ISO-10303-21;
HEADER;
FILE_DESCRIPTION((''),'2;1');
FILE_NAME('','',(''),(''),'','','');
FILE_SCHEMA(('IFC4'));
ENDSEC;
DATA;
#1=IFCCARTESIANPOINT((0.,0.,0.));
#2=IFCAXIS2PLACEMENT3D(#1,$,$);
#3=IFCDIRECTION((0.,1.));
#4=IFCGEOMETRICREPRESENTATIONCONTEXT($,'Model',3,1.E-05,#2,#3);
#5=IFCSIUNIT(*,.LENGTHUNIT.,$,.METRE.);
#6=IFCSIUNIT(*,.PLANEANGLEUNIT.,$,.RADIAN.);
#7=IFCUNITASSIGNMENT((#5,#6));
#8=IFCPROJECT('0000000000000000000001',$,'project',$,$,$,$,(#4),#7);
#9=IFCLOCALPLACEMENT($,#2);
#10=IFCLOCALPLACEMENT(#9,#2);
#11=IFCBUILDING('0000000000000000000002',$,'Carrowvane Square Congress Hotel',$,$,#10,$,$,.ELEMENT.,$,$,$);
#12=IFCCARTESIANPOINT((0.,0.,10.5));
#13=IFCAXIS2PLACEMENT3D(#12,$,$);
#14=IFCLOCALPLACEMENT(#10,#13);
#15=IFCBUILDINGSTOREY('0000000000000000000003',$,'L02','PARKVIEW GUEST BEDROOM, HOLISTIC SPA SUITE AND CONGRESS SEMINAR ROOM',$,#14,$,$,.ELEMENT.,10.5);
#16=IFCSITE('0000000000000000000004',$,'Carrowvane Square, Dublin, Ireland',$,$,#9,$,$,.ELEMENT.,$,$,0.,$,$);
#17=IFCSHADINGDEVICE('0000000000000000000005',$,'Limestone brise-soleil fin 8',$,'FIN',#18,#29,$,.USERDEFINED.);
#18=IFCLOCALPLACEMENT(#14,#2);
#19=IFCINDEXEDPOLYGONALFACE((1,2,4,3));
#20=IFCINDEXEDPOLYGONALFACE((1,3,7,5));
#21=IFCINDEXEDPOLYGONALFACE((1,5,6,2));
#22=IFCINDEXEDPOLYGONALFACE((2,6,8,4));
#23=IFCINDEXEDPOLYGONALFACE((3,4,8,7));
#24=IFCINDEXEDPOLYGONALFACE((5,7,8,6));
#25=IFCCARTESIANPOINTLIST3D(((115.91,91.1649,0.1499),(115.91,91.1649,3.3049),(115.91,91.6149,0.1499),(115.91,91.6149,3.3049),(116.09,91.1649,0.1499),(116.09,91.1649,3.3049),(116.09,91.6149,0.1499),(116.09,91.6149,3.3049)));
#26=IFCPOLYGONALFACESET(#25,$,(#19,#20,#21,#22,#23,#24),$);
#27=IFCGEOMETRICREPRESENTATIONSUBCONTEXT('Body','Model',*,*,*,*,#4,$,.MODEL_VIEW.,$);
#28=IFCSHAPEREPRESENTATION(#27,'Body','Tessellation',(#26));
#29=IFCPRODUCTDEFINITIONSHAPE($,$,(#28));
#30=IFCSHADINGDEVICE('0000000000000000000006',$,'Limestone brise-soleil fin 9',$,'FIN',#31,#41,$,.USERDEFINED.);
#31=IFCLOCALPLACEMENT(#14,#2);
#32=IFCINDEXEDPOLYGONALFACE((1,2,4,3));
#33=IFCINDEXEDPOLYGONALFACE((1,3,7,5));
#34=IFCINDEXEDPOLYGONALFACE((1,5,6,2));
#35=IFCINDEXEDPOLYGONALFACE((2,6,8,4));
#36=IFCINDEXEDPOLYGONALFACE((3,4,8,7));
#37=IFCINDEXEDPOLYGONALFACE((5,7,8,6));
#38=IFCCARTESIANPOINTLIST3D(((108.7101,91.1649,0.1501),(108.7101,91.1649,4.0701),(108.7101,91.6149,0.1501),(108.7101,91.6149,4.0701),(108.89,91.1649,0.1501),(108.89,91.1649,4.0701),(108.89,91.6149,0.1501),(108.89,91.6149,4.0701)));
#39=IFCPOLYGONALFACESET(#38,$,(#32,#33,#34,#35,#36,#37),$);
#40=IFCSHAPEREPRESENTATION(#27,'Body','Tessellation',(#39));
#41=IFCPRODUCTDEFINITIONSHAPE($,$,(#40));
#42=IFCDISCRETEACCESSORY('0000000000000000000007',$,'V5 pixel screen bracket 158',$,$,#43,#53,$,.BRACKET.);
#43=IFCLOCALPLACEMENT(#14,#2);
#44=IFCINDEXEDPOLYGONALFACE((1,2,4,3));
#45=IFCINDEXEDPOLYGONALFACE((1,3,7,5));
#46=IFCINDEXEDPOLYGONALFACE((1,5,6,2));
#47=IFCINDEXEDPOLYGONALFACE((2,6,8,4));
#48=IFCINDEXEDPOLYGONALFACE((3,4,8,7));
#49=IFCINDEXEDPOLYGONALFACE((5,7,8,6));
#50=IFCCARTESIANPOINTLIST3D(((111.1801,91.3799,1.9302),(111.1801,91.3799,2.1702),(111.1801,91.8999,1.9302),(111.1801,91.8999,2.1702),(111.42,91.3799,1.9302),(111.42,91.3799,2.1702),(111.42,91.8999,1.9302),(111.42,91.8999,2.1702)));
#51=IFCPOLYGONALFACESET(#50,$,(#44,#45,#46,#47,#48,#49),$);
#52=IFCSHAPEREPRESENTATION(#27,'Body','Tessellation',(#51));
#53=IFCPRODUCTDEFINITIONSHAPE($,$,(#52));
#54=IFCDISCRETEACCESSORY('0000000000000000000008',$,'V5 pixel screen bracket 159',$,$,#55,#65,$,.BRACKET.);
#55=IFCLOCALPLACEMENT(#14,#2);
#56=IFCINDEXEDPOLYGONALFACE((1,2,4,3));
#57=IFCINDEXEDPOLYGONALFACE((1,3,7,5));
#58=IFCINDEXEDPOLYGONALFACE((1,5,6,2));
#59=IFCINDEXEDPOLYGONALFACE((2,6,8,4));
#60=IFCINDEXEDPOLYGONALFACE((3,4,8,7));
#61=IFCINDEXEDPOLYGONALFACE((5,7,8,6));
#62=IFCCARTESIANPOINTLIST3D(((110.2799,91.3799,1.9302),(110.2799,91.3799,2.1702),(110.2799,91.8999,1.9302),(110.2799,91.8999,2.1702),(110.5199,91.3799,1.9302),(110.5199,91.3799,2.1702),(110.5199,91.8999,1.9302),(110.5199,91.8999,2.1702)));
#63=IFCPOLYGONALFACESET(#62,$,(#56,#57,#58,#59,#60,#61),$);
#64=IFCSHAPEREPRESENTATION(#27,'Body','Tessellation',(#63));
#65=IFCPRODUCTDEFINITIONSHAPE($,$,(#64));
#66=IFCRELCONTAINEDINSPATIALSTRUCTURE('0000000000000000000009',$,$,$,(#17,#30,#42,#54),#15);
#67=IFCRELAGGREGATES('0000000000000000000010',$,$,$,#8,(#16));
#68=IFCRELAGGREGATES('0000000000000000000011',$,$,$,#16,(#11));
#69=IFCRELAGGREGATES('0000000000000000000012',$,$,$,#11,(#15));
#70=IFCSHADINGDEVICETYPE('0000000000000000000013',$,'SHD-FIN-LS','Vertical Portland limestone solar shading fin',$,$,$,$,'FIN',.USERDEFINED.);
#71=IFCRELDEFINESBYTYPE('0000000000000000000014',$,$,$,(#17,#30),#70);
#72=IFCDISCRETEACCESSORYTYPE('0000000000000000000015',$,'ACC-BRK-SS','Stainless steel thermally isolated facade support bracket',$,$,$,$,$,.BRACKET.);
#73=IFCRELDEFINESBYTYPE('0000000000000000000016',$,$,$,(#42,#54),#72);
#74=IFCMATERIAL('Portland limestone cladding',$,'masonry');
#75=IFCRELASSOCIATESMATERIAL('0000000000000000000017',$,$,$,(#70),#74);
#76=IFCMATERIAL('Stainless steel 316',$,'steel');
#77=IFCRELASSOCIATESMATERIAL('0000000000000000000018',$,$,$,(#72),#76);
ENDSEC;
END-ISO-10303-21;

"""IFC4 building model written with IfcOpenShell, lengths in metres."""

from ifc_helpers import new_model, si_unit, direction, frame, origin, origin_2d, place, context, subcontext, project, spatial, rectangle, extrude, material, type_object, element, save


model = new_model("IFC4")

# Units and contexts
model_context = context("Model", 3, precision=1e-05, world=origin(), true_north=direction((0.0, 1.0)))
body_context = subcontext(model_context, "Body", "Model", "MODEL_VIEW")
ifc_project = project(units=[si_unit("LENGTHUNIT", "METRE"), si_unit("PLANEANGLEUNIT", "RADIAN")], contexts=[model_context])

# Site, building, storey
site_placement = place(None, origin())
site = spatial("IfcSite", under=ifc_project, at=site_placement, Name="Carrowvane Square, Dublin, Ireland", CompositionType="ELEMENT", RefElevation=0.0)
building_placement = place(site_placement, origin())
building = spatial("IfcBuilding", under=site, at=building_placement, Name="Carrowvane Square Congress Hotel", CompositionType="ELEMENT")
storey_placement = place(building_placement, frame((0.0, 0.0, 10.5)))
storey = spatial("IfcBuildingStorey", under=building, at=storey_placement, Name="L02", Description="PARKVIEW GUEST BEDROOM, HOLISTIC SPA SUITE AND CONGRESS SEMINAR ROOM", CompositionType="ELEMENT", Elevation=10.5)

# Shading devices
ifc_material_1 = material(Name="Portland limestone cladding", Category="masonry")
shading_device_type = type_object("IfcShadingDeviceType", Name="SHD-FIN-LS", Description="Vertical Portland limestone solar shading fin", ElementType="FIN", PredefinedType="USERDEFINED", material=ifc_material_1)
shading_device_1_placement = place(storey_placement, frame((116.0, 91.3899, 0.1499), z_axis=(0.0, 0.0, 1.0), x_axis=(-1.0, 0.0, 0.0)))
element("IfcShadingDevice", 1, at=shading_device_1_placement, inside=storey, type_object=shading_device_type, Name="Limestone brise-soleil fin 8", ObjectType="FIN", PredefinedType="USERDEFINED", context=body_context, shape_type="SweptSolid", body=[
    extrude(rectangle(XDim=0.1799, YDim=0.45, at=origin_2d()), origin(), (0.0, 0.0, 1.0), 3.155),
])
shading_device_2_placement = place(storey_placement, frame((108.8, 91.3899, 0.1501), z_axis=(0.0, 0.0, 1.0), x_axis=(-1.0, 0.0, 0.0)))
element("IfcShadingDevice", 2, at=shading_device_2_placement, inside=storey, type_object=shading_device_type, Name="Limestone brise-soleil fin 9", ObjectType="FIN", PredefinedType="USERDEFINED", context=body_context, shape_type="SweptSolid", body=[
    extrude(rectangle(XDim=0.1799, YDim=0.45, at=origin_2d()), origin(), (0.0, 0.0, 1.0), 3.9199),
])

# Discrete accessories
ifc_material_2 = material(Name="Stainless steel 316", Category="steel")
discrete_accessory_type = type_object("IfcDiscreteAccessoryType", Name="ACC-BRK-SS", Description="Stainless steel thermally isolated facade support bracket", PredefinedType="BRACKET", material=ifc_material_2)
for number, where, z_axis, x_axis, name in (
    (3, (111.3, 91.6399, 1.9302), (0.0, 0.0, 1.0), (-1.0, 0.0, 0.0), "V5 pixel screen bracket 158"),
    (4, (110.3999, 91.6399, 1.9302), (0.0, 0.0, 1.0), (-1.0, 0.0, 0.0), "V5 pixel screen bracket 159"),
):
    element("IfcDiscreteAccessory", number, at=place(storey_placement, frame(where, z_axis=z_axis, x_axis=x_axis)), inside=storey, type_object=discrete_accessory_type, Name=name, PredefinedType="BRACKET", context=body_context, shape_type="SweptSolid", body=[
        extrude(rectangle(XDim=0.24, YDim=0.52, at=origin_2d()), origin(), (0.0, 0.0, 1.0), 0.24),
    ])

save(model, "model.ifc")
